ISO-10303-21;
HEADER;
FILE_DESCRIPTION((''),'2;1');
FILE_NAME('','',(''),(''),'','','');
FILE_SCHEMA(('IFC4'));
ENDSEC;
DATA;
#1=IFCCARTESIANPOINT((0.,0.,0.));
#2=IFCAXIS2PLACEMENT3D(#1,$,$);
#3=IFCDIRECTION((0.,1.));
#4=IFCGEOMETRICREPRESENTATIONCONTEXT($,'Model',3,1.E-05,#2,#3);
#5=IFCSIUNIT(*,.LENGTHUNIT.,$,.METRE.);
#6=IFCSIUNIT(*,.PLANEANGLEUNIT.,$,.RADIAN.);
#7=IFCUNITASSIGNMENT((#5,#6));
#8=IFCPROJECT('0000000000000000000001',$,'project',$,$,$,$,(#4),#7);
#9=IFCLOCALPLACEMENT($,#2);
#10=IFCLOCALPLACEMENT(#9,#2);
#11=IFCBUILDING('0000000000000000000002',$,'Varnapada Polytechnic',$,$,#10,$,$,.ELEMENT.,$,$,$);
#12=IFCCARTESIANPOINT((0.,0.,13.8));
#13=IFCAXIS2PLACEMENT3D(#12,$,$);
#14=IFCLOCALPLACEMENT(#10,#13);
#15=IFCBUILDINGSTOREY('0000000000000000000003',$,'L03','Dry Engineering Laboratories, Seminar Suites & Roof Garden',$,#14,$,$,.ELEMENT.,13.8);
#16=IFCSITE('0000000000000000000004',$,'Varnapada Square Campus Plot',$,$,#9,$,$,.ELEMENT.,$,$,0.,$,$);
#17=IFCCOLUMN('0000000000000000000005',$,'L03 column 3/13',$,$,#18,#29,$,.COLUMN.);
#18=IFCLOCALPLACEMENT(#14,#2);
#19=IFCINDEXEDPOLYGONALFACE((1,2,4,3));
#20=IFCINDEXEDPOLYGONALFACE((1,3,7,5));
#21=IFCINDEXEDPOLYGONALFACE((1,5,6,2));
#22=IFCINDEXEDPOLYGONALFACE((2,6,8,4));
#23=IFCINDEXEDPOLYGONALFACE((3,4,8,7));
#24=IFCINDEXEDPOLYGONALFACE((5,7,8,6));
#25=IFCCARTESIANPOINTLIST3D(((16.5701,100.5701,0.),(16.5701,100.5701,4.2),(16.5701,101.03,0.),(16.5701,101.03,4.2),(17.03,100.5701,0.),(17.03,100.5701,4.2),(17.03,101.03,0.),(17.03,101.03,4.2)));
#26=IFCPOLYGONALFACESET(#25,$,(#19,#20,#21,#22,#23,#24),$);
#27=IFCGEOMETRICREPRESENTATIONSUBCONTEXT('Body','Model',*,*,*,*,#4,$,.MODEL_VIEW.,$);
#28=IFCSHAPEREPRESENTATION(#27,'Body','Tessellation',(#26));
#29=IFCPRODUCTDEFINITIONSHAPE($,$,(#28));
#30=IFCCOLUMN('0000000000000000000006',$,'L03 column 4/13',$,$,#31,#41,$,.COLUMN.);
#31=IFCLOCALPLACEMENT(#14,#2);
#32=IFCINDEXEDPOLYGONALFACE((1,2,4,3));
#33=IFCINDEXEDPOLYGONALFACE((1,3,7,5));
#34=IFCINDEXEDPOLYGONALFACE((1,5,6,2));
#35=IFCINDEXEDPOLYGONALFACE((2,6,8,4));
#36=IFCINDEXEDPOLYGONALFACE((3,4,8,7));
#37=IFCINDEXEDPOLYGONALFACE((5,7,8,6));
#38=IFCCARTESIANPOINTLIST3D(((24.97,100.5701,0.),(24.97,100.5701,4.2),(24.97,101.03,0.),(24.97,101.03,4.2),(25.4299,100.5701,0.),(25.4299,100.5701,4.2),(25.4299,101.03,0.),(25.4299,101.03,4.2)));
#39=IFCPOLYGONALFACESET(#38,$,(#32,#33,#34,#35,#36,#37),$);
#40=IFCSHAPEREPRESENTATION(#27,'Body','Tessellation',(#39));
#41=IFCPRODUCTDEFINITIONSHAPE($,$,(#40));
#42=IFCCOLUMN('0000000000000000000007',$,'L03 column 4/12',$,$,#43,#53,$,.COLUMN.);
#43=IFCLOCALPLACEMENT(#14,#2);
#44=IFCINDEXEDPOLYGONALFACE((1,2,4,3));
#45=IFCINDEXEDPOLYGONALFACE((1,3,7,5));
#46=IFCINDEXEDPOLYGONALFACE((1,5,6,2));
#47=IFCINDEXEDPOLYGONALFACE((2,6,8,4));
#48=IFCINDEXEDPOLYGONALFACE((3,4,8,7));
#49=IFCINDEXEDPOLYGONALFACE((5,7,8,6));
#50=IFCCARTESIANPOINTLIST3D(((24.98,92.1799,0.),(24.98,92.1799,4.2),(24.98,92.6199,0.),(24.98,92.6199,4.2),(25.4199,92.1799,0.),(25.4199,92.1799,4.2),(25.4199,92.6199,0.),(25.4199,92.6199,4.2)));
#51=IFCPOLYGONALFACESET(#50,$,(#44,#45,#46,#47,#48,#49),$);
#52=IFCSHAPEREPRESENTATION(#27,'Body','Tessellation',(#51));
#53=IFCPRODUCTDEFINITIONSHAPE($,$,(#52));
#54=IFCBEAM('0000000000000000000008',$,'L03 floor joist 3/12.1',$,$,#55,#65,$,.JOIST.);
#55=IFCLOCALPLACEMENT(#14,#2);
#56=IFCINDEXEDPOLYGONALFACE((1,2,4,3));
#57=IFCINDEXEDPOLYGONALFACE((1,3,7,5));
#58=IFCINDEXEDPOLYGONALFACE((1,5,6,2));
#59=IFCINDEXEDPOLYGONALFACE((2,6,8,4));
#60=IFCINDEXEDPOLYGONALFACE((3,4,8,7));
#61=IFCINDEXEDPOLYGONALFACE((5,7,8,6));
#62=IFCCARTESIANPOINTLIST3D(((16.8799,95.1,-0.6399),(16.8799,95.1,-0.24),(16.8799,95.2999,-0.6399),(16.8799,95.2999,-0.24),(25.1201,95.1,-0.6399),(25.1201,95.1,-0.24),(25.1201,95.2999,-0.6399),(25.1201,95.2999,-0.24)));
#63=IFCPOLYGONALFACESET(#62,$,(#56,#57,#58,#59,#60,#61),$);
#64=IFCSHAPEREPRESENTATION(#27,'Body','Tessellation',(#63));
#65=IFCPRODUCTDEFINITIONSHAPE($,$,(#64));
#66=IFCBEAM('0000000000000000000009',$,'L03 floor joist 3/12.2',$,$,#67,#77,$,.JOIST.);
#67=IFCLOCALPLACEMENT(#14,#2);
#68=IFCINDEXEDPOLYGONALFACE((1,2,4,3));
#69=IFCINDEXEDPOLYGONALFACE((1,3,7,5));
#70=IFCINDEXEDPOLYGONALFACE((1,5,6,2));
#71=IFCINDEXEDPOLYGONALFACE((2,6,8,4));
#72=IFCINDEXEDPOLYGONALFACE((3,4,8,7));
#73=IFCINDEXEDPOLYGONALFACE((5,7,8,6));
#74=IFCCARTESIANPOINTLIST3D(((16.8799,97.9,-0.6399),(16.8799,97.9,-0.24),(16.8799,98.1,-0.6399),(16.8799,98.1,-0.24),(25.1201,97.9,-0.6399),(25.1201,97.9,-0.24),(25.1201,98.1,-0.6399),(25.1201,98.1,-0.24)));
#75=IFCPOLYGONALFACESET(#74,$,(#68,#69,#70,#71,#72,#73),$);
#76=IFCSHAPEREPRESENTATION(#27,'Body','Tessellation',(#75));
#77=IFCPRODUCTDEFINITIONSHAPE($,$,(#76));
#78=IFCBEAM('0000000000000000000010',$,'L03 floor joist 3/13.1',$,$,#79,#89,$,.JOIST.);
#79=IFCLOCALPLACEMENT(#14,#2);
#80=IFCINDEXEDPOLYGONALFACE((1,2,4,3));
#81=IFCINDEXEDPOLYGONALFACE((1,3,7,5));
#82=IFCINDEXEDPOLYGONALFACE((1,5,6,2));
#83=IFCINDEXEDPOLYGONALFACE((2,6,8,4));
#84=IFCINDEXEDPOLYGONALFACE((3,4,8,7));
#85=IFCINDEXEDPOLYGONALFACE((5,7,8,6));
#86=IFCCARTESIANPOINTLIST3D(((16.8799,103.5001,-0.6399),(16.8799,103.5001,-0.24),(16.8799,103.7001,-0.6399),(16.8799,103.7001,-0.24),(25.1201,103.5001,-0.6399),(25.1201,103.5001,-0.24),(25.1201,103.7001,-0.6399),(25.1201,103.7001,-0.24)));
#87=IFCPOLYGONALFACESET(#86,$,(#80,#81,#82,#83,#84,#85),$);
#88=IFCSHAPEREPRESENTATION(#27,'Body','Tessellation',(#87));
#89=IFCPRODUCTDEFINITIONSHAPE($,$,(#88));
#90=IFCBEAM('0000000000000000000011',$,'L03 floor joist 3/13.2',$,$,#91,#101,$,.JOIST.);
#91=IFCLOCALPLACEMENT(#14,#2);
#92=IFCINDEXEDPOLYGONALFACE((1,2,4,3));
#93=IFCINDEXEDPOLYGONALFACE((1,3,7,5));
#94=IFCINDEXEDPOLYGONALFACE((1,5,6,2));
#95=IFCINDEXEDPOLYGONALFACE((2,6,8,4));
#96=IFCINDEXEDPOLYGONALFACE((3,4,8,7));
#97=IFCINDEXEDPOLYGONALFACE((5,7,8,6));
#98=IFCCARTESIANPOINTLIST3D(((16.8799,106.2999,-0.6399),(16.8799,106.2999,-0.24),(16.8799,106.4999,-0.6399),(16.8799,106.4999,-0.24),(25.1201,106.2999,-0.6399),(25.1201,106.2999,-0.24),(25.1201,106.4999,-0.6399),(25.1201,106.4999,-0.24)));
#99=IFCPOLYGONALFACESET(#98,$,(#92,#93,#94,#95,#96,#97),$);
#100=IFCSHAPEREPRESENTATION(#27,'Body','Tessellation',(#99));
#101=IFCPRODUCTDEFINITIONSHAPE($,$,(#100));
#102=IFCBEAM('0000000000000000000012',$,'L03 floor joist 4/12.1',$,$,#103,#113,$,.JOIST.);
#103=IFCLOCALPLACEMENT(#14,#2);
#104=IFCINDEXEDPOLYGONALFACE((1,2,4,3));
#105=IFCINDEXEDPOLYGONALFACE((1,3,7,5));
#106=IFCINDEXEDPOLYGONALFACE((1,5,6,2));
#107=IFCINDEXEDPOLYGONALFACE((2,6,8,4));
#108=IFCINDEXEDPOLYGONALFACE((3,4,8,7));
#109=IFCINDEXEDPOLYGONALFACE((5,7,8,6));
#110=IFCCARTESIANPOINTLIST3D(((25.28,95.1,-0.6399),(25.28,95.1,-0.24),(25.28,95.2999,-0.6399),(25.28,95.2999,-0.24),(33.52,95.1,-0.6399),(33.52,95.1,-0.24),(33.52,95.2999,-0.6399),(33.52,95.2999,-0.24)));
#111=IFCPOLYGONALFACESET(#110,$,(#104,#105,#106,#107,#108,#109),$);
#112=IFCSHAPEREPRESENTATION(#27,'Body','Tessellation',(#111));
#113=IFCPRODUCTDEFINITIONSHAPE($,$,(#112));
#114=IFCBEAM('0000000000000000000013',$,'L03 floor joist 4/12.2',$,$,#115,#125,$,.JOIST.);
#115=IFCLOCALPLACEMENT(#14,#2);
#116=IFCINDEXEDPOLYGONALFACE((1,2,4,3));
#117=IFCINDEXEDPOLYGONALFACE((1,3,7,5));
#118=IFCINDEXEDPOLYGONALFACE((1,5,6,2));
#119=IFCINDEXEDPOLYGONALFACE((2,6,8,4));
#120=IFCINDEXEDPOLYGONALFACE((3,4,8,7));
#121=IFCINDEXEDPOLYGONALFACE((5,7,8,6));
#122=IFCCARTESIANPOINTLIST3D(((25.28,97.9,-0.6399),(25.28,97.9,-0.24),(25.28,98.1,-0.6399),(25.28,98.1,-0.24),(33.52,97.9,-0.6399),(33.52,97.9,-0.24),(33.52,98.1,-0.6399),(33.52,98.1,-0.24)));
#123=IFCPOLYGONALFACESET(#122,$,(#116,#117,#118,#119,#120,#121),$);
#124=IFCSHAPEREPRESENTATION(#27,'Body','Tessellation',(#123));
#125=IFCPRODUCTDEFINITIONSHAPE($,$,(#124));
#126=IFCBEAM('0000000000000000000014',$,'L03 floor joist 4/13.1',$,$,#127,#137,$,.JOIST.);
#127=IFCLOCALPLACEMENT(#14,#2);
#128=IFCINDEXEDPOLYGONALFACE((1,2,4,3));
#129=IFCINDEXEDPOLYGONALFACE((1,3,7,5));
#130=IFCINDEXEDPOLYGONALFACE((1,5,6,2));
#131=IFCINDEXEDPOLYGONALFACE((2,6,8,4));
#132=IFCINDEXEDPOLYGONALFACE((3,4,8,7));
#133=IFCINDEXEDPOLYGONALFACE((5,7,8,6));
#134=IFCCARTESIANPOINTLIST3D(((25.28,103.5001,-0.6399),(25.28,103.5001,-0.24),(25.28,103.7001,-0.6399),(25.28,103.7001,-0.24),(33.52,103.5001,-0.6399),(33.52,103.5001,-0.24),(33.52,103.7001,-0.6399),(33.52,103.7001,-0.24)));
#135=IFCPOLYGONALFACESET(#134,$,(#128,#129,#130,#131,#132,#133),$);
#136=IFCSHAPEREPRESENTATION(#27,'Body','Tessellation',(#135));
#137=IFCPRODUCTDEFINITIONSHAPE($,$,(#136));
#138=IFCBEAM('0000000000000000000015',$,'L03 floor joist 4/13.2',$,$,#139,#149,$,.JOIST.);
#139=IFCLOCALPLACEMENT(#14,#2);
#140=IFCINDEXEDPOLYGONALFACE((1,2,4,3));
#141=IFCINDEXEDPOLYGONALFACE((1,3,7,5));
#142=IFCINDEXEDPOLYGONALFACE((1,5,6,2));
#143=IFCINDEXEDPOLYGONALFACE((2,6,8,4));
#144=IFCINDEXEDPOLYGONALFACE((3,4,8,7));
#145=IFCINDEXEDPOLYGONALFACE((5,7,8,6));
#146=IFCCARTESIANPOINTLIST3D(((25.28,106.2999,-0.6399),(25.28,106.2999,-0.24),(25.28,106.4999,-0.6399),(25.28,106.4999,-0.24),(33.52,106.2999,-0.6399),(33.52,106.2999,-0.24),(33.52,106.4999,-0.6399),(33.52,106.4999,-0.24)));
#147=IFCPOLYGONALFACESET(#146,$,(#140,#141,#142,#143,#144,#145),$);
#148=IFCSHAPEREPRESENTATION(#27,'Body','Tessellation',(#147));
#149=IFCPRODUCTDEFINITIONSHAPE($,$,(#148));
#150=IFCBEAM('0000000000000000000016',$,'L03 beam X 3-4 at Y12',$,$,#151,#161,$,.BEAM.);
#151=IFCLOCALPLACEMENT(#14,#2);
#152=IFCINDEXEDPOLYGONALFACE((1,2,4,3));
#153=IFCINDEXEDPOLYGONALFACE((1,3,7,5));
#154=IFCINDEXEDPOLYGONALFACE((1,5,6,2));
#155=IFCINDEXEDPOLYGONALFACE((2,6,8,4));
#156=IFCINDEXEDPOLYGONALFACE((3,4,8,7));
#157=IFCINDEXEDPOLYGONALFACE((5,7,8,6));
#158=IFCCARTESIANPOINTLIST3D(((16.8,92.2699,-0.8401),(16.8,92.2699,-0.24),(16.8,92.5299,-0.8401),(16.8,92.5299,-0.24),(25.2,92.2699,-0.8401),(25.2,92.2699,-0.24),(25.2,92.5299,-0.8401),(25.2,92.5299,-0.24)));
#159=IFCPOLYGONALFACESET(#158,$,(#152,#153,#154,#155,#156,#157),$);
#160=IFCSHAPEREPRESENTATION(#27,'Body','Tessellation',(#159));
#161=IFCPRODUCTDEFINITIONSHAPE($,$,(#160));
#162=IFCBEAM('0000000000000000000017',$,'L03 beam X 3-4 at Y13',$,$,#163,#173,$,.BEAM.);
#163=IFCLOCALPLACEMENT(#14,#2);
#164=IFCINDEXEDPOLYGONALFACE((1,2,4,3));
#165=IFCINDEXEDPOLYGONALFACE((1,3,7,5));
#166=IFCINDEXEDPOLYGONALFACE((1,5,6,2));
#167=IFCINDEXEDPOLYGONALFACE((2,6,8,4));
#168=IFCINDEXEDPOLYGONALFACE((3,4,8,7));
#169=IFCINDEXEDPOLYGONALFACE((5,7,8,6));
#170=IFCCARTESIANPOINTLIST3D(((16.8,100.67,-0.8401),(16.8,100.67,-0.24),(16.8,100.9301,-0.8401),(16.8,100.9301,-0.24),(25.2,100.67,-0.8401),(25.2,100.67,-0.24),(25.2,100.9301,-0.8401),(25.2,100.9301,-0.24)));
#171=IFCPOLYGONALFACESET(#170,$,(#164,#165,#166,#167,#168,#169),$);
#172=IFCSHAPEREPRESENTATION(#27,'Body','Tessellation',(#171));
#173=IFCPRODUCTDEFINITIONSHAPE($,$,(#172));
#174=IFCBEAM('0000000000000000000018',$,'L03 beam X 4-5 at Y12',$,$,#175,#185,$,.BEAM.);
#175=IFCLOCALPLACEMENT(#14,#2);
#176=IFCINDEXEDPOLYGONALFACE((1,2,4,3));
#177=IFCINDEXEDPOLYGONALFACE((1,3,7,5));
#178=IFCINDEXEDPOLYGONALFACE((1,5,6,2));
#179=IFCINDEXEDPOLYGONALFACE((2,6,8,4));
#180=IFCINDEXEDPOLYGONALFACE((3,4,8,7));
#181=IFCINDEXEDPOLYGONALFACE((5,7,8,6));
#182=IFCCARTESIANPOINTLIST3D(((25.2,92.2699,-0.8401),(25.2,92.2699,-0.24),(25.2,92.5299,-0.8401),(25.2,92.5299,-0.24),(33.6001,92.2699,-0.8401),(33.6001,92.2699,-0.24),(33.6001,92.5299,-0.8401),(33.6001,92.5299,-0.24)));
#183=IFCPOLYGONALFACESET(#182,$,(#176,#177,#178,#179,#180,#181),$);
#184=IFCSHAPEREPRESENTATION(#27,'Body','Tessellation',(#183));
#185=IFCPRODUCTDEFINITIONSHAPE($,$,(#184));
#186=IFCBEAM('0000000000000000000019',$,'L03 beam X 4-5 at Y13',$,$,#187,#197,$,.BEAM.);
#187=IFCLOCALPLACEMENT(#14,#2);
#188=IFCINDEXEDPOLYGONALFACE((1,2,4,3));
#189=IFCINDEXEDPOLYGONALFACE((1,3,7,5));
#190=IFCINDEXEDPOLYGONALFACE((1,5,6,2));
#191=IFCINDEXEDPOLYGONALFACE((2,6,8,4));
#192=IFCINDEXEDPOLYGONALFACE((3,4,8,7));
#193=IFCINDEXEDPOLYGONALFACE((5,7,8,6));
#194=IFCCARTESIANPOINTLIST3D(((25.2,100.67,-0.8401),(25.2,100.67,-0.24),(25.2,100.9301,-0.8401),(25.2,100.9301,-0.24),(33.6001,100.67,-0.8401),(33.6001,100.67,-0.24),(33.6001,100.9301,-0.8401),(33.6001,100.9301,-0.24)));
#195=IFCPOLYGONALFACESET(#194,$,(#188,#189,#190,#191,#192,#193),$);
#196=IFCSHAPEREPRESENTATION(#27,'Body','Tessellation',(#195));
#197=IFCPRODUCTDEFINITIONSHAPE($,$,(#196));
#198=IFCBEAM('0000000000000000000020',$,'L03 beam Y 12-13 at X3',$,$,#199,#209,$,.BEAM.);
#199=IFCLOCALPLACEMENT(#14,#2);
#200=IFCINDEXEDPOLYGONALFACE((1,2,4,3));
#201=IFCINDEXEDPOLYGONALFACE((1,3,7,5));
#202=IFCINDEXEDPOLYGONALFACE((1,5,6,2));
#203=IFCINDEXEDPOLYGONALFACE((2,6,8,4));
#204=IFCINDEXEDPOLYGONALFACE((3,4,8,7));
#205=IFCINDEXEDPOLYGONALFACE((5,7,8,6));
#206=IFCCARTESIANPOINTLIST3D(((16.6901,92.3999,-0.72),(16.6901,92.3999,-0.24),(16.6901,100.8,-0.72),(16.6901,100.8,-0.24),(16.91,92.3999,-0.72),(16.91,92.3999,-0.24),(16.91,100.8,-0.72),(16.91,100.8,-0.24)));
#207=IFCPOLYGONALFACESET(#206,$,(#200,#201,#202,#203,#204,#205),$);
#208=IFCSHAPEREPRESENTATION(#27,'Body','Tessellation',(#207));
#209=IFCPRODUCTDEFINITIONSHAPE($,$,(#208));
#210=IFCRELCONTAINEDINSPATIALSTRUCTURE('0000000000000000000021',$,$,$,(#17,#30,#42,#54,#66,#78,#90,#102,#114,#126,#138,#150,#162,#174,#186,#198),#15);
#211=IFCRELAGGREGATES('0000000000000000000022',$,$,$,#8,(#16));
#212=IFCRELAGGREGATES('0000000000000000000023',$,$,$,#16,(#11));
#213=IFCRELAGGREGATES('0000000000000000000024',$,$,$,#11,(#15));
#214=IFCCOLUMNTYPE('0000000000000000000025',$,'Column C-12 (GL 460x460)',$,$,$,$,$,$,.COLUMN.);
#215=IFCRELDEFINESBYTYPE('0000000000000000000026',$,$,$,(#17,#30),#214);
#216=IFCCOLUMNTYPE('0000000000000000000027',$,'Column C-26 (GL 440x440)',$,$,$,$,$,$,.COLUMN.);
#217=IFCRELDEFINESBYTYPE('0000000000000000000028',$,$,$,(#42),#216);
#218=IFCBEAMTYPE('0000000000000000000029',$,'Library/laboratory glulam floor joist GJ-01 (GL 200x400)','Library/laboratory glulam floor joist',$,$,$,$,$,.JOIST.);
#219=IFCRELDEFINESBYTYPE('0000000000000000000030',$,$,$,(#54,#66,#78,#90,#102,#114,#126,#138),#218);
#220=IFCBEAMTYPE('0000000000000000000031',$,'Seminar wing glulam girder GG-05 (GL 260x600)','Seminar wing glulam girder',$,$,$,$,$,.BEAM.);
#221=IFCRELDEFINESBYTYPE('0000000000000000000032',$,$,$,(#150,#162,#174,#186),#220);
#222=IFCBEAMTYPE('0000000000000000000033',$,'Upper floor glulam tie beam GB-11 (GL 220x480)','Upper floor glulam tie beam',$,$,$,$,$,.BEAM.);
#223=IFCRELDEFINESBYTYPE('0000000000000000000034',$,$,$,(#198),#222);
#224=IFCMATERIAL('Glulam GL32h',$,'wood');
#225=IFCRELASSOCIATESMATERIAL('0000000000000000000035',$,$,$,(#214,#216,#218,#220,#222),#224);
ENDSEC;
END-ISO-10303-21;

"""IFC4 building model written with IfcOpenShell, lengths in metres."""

from ifc_helpers import new_model, si_unit, direction, frame, origin, origin_2d, place, context, subcontext, project, spatial, rectangle, extrude, material, material_profile, profile_set, type_object, element, save


model = new_model("IFC4")

# Units and contexts
model_context = context("Model", 3, precision=1e-05, world=origin(), true_north=direction((0.0, 1.0)))
body_context = subcontext(model_context, "Body", "Model", "MODEL_VIEW")
ifc_project = project(units=[si_unit("LENGTHUNIT", "METRE"), si_unit("PLANEANGLEUNIT", "RADIAN")], contexts=[model_context])

# Site, building, storey
site_placement = place(None, origin())
site = spatial("IfcSite", under=ifc_project, at=site_placement, Name="Varnapada Square Campus Plot", CompositionType="ELEMENT", RefElevation=0.0)
building_placement = place(site_placement, origin())
building = spatial("IfcBuilding", under=site, at=building_placement, Name="Varnapada Polytechnic", CompositionType="ELEMENT")
storey_placement = place(building_placement, frame((0.0, 0.0, 13.8)))
storey = spatial("IfcBuildingStorey", under=building, at=storey_placement, Name="L03", Description="Dry Engineering Laboratories, Seminar Suites & Roof Garden", CompositionType="ELEMENT", Elevation=13.8)

# Columns
ifc_material_1 = material(Name="Glulam GL32h", Category="wood")
ifc_material_profile_1 = material_profile(ifc_material_1, rectangle(XDim=0.46, YDim=0.46, at=origin_2d()), Name="GL 460x460")
ifc_profile_set_1 = profile_set([ifc_material_profile_1], Name="Glulam GL32h")
column_type_1 = type_object("IfcColumnType", Name="Column C-12 (GL 460x460)", PredefinedType="COLUMN", material=ifc_profile_set_1)
for number, where, z_axis, x_axis, name in (
    (1, (16.8, 100.8, 0.0), (0.0, 0.0, 1.0), (1.0, 0.0, 0.0), "L03 column 3/13"),
    (2, (25.2, 100.8, 0.0), (0.0, 0.0, 1.0), (1.0, 0.0, 0.0), "L03 column 4/13"),
):
    element("IfcColumn", number, at=place(storey_placement, frame(where, z_axis=z_axis, x_axis=x_axis)), inside=storey, type_object=column_type_1, Name=name, PredefinedType="COLUMN", context=body_context, shape_type="SweptSolid", body=[
        extrude(rectangle(XDim=0.46, YDim=0.46, at=origin_2d()), origin(), (0.0, 0.0, 1.0), 4.2),
    ])
ifc_material_profile_2 = material_profile(ifc_material_1, rectangle(XDim=0.4399, YDim=0.4399, at=origin_2d()), Name="GL 440x440")
ifc_profile_set_2 = profile_set([ifc_material_profile_2], Name="Glulam GL32h")
column_type_2 = type_object("IfcColumnType", Name="Column C-26 (GL 440x440)", PredefinedType="COLUMN", material=ifc_profile_set_2)
column_placement = place(storey_placement, frame((25.2, 92.3999, 0.0), z_axis=(0.0, 0.0, 1.0), x_axis=(1.0, 0.0, 0.0)))
element("IfcColumn", 3, at=column_placement, inside=storey, type_object=column_type_2, Name="L03 column 4/12", PredefinedType="COLUMN", context=body_context, shape_type="SweptSolid", body=[
    extrude(rectangle(XDim=0.4399, YDim=0.4399, at=origin_2d()), origin(), (0.0, 0.0, 1.0), 4.2),
])

# Beams
ifc_material_profile_3 = material_profile(ifc_material_1, rectangle(XDim=0.2, YDim=0.3999, at=origin_2d()), Name="GL 200x400")
ifc_profile_set_3 = profile_set([ifc_material_profile_3], Name="Glulam GL32h")
beam_type_1 = type_object("IfcBeamType", Name="Library/laboratory glulam floor joist GJ-01 (GL 200x400)", Description="Library/laboratory glulam floor joist", PredefinedType="JOIST", material=ifc_profile_set_3)
for number, where, z_axis, x_axis, name in (
    (4, (16.8799, 95.2, -0.4399), (1.0, 0.0, 0.0), (0.0, 1.0, 0.0), "L03 floor joist 3/12.1"),
    (5, (16.8799, 98.0, -0.4399), (1.0, 0.0, 0.0), (0.0, 1.0, 0.0), "L03 floor joist 3/12.2"),
    (6, (16.8799, 103.6001, -0.4399), (1.0, 0.0, 0.0), (0.0, 1.0, 0.0), "L03 floor joist 3/13.1"),
    (7, (16.8799, 106.3999, -0.4399), (1.0, 0.0, 0.0), (0.0, 1.0, 0.0), "L03 floor joist 3/13.2"),
):
    element("IfcBeam", number, at=place(storey_placement, frame(where, z_axis=z_axis, x_axis=x_axis)), inside=storey, type_object=beam_type_1, Name=name, PredefinedType="JOIST", context=body_context, shape_type="SweptSolid", body=[
        extrude(rectangle(XDim=0.2, YDim=0.3999, at=origin_2d()), origin(), (0.0, 0.0, 1.0), 8.2402),
    ])
for number, where, z_axis, x_axis, name in (
    (8, (25.28, 95.2, -0.4399), (1.0, 0.0, 0.0), (0.0, 1.0, 0.0), "L03 floor joist 4/12.1"),
    (9, (25.28, 98.0, -0.4399), (1.0, 0.0, 0.0), (0.0, 1.0, 0.0), "L03 floor joist 4/12.2"),
    (10, (25.28, 103.6001, -0.4399), (1.0, 0.0, 0.0), (0.0, 1.0, 0.0), "L03 floor joist 4/13.1"),
    (11, (25.28, 106.3999, -0.4399), (1.0, 0.0, 0.0), (0.0, 1.0, 0.0), "L03 floor joist 4/13.2"),
):
    element("IfcBeam", number, at=place(storey_placement, frame(where, z_axis=z_axis, x_axis=x_axis)), inside=storey, type_object=beam_type_1, Name=name, PredefinedType="JOIST", context=body_context, shape_type="SweptSolid", body=[
        extrude(rectangle(XDim=0.2, YDim=0.3999, at=origin_2d()), origin(), (0.0, 0.0, 1.0), 8.24),
    ])
ifc_material_profile_4 = material_profile(ifc_material_1, rectangle(XDim=0.26, YDim=0.6001, at=origin_2d()), Name="GL 260x600")
ifc_profile_set_4 = profile_set([ifc_material_profile_4], Name="Glulam GL32h")
beam_type_2 = type_object("IfcBeamType", Name="Seminar wing glulam girder GG-05 (GL 260x600)", Description="Seminar wing glulam girder", PredefinedType="BEAM", material=ifc_profile_set_4)
for number, where, z_axis, x_axis, name in (
    (12, (16.8, 92.3999, -0.54), (1.0, 0.0, 0.0), (0.0, 1.0, 0.0), "L03 beam X 3-4 at Y12"),
    (13, (16.8, 100.8, -0.54), (1.0, 0.0, 0.0), (0.0, 1.0, 0.0), "L03 beam X 3-4 at Y13"),
):
    element("IfcBeam", number, at=place(storey_placement, frame(where, z_axis=z_axis, x_axis=x_axis)), inside=storey, type_object=beam_type_2, Name=name, PredefinedType="BEAM", context=body_context, shape_type="SweptSolid", body=[
        extrude(rectangle(XDim=0.26, YDim=0.6001, at=origin_2d()), origin(), (0.0, 0.0, 1.0), 8.3999),
    ])
for number, where, z_axis, x_axis, name in (
    (14, (25.2, 92.3999, -0.54), (1.0, 0.0, 0.0), (0.0, 1.0, 0.0), "L03 beam X 4-5 at Y12"),
    (15, (25.2, 100.8, -0.54), (1.0, 0.0, 0.0), (0.0, 1.0, 0.0), "L03 beam X 4-5 at Y13"),
):
    element("IfcBeam", number, at=place(storey_placement, frame(where, z_axis=z_axis, x_axis=x_axis)), inside=storey, type_object=beam_type_2, Name=name, PredefinedType="BEAM", context=body_context, shape_type="SweptSolid", body=[
        extrude(rectangle(XDim=0.26, YDim=0.6001, at=origin_2d()), origin(), (0.0, 0.0, 1.0), 8.4001),
    ])
ifc_material_profile_5 = material_profile(ifc_material_1, rectangle(XDim=0.22, YDim=0.48, at=origin_2d()), Name="GL 220x480")
ifc_profile_set_5 = profile_set([ifc_material_profile_5], Name="Glulam GL32h")
beam_type_3 = type_object("IfcBeamType", Name="Upper floor glulam tie beam GB-11 (GL 220x480)", Description="Upper floor glulam tie beam", PredefinedType="BEAM", material=ifc_profile_set_5)
beam_1_placement = place(storey_placement, frame((16.8, 92.3999, -0.48), z_axis=(0.0, 1.0, 0.0), x_axis=(-1.0, 0.0, 0.0)))
element("IfcBeam", 16, at=beam_1_placement, inside=storey, type_object=beam_type_3, Name="L03 beam Y 12-13 at X3", PredefinedType="BEAM", context=body_context, shape_type="SweptSolid", body=[
    extrude(rectangle(XDim=0.22, YDim=0.48, at=origin_2d()), origin(), (0.0, 0.0, 1.0), 8.4001),
])

save(model, "model.ifc")
